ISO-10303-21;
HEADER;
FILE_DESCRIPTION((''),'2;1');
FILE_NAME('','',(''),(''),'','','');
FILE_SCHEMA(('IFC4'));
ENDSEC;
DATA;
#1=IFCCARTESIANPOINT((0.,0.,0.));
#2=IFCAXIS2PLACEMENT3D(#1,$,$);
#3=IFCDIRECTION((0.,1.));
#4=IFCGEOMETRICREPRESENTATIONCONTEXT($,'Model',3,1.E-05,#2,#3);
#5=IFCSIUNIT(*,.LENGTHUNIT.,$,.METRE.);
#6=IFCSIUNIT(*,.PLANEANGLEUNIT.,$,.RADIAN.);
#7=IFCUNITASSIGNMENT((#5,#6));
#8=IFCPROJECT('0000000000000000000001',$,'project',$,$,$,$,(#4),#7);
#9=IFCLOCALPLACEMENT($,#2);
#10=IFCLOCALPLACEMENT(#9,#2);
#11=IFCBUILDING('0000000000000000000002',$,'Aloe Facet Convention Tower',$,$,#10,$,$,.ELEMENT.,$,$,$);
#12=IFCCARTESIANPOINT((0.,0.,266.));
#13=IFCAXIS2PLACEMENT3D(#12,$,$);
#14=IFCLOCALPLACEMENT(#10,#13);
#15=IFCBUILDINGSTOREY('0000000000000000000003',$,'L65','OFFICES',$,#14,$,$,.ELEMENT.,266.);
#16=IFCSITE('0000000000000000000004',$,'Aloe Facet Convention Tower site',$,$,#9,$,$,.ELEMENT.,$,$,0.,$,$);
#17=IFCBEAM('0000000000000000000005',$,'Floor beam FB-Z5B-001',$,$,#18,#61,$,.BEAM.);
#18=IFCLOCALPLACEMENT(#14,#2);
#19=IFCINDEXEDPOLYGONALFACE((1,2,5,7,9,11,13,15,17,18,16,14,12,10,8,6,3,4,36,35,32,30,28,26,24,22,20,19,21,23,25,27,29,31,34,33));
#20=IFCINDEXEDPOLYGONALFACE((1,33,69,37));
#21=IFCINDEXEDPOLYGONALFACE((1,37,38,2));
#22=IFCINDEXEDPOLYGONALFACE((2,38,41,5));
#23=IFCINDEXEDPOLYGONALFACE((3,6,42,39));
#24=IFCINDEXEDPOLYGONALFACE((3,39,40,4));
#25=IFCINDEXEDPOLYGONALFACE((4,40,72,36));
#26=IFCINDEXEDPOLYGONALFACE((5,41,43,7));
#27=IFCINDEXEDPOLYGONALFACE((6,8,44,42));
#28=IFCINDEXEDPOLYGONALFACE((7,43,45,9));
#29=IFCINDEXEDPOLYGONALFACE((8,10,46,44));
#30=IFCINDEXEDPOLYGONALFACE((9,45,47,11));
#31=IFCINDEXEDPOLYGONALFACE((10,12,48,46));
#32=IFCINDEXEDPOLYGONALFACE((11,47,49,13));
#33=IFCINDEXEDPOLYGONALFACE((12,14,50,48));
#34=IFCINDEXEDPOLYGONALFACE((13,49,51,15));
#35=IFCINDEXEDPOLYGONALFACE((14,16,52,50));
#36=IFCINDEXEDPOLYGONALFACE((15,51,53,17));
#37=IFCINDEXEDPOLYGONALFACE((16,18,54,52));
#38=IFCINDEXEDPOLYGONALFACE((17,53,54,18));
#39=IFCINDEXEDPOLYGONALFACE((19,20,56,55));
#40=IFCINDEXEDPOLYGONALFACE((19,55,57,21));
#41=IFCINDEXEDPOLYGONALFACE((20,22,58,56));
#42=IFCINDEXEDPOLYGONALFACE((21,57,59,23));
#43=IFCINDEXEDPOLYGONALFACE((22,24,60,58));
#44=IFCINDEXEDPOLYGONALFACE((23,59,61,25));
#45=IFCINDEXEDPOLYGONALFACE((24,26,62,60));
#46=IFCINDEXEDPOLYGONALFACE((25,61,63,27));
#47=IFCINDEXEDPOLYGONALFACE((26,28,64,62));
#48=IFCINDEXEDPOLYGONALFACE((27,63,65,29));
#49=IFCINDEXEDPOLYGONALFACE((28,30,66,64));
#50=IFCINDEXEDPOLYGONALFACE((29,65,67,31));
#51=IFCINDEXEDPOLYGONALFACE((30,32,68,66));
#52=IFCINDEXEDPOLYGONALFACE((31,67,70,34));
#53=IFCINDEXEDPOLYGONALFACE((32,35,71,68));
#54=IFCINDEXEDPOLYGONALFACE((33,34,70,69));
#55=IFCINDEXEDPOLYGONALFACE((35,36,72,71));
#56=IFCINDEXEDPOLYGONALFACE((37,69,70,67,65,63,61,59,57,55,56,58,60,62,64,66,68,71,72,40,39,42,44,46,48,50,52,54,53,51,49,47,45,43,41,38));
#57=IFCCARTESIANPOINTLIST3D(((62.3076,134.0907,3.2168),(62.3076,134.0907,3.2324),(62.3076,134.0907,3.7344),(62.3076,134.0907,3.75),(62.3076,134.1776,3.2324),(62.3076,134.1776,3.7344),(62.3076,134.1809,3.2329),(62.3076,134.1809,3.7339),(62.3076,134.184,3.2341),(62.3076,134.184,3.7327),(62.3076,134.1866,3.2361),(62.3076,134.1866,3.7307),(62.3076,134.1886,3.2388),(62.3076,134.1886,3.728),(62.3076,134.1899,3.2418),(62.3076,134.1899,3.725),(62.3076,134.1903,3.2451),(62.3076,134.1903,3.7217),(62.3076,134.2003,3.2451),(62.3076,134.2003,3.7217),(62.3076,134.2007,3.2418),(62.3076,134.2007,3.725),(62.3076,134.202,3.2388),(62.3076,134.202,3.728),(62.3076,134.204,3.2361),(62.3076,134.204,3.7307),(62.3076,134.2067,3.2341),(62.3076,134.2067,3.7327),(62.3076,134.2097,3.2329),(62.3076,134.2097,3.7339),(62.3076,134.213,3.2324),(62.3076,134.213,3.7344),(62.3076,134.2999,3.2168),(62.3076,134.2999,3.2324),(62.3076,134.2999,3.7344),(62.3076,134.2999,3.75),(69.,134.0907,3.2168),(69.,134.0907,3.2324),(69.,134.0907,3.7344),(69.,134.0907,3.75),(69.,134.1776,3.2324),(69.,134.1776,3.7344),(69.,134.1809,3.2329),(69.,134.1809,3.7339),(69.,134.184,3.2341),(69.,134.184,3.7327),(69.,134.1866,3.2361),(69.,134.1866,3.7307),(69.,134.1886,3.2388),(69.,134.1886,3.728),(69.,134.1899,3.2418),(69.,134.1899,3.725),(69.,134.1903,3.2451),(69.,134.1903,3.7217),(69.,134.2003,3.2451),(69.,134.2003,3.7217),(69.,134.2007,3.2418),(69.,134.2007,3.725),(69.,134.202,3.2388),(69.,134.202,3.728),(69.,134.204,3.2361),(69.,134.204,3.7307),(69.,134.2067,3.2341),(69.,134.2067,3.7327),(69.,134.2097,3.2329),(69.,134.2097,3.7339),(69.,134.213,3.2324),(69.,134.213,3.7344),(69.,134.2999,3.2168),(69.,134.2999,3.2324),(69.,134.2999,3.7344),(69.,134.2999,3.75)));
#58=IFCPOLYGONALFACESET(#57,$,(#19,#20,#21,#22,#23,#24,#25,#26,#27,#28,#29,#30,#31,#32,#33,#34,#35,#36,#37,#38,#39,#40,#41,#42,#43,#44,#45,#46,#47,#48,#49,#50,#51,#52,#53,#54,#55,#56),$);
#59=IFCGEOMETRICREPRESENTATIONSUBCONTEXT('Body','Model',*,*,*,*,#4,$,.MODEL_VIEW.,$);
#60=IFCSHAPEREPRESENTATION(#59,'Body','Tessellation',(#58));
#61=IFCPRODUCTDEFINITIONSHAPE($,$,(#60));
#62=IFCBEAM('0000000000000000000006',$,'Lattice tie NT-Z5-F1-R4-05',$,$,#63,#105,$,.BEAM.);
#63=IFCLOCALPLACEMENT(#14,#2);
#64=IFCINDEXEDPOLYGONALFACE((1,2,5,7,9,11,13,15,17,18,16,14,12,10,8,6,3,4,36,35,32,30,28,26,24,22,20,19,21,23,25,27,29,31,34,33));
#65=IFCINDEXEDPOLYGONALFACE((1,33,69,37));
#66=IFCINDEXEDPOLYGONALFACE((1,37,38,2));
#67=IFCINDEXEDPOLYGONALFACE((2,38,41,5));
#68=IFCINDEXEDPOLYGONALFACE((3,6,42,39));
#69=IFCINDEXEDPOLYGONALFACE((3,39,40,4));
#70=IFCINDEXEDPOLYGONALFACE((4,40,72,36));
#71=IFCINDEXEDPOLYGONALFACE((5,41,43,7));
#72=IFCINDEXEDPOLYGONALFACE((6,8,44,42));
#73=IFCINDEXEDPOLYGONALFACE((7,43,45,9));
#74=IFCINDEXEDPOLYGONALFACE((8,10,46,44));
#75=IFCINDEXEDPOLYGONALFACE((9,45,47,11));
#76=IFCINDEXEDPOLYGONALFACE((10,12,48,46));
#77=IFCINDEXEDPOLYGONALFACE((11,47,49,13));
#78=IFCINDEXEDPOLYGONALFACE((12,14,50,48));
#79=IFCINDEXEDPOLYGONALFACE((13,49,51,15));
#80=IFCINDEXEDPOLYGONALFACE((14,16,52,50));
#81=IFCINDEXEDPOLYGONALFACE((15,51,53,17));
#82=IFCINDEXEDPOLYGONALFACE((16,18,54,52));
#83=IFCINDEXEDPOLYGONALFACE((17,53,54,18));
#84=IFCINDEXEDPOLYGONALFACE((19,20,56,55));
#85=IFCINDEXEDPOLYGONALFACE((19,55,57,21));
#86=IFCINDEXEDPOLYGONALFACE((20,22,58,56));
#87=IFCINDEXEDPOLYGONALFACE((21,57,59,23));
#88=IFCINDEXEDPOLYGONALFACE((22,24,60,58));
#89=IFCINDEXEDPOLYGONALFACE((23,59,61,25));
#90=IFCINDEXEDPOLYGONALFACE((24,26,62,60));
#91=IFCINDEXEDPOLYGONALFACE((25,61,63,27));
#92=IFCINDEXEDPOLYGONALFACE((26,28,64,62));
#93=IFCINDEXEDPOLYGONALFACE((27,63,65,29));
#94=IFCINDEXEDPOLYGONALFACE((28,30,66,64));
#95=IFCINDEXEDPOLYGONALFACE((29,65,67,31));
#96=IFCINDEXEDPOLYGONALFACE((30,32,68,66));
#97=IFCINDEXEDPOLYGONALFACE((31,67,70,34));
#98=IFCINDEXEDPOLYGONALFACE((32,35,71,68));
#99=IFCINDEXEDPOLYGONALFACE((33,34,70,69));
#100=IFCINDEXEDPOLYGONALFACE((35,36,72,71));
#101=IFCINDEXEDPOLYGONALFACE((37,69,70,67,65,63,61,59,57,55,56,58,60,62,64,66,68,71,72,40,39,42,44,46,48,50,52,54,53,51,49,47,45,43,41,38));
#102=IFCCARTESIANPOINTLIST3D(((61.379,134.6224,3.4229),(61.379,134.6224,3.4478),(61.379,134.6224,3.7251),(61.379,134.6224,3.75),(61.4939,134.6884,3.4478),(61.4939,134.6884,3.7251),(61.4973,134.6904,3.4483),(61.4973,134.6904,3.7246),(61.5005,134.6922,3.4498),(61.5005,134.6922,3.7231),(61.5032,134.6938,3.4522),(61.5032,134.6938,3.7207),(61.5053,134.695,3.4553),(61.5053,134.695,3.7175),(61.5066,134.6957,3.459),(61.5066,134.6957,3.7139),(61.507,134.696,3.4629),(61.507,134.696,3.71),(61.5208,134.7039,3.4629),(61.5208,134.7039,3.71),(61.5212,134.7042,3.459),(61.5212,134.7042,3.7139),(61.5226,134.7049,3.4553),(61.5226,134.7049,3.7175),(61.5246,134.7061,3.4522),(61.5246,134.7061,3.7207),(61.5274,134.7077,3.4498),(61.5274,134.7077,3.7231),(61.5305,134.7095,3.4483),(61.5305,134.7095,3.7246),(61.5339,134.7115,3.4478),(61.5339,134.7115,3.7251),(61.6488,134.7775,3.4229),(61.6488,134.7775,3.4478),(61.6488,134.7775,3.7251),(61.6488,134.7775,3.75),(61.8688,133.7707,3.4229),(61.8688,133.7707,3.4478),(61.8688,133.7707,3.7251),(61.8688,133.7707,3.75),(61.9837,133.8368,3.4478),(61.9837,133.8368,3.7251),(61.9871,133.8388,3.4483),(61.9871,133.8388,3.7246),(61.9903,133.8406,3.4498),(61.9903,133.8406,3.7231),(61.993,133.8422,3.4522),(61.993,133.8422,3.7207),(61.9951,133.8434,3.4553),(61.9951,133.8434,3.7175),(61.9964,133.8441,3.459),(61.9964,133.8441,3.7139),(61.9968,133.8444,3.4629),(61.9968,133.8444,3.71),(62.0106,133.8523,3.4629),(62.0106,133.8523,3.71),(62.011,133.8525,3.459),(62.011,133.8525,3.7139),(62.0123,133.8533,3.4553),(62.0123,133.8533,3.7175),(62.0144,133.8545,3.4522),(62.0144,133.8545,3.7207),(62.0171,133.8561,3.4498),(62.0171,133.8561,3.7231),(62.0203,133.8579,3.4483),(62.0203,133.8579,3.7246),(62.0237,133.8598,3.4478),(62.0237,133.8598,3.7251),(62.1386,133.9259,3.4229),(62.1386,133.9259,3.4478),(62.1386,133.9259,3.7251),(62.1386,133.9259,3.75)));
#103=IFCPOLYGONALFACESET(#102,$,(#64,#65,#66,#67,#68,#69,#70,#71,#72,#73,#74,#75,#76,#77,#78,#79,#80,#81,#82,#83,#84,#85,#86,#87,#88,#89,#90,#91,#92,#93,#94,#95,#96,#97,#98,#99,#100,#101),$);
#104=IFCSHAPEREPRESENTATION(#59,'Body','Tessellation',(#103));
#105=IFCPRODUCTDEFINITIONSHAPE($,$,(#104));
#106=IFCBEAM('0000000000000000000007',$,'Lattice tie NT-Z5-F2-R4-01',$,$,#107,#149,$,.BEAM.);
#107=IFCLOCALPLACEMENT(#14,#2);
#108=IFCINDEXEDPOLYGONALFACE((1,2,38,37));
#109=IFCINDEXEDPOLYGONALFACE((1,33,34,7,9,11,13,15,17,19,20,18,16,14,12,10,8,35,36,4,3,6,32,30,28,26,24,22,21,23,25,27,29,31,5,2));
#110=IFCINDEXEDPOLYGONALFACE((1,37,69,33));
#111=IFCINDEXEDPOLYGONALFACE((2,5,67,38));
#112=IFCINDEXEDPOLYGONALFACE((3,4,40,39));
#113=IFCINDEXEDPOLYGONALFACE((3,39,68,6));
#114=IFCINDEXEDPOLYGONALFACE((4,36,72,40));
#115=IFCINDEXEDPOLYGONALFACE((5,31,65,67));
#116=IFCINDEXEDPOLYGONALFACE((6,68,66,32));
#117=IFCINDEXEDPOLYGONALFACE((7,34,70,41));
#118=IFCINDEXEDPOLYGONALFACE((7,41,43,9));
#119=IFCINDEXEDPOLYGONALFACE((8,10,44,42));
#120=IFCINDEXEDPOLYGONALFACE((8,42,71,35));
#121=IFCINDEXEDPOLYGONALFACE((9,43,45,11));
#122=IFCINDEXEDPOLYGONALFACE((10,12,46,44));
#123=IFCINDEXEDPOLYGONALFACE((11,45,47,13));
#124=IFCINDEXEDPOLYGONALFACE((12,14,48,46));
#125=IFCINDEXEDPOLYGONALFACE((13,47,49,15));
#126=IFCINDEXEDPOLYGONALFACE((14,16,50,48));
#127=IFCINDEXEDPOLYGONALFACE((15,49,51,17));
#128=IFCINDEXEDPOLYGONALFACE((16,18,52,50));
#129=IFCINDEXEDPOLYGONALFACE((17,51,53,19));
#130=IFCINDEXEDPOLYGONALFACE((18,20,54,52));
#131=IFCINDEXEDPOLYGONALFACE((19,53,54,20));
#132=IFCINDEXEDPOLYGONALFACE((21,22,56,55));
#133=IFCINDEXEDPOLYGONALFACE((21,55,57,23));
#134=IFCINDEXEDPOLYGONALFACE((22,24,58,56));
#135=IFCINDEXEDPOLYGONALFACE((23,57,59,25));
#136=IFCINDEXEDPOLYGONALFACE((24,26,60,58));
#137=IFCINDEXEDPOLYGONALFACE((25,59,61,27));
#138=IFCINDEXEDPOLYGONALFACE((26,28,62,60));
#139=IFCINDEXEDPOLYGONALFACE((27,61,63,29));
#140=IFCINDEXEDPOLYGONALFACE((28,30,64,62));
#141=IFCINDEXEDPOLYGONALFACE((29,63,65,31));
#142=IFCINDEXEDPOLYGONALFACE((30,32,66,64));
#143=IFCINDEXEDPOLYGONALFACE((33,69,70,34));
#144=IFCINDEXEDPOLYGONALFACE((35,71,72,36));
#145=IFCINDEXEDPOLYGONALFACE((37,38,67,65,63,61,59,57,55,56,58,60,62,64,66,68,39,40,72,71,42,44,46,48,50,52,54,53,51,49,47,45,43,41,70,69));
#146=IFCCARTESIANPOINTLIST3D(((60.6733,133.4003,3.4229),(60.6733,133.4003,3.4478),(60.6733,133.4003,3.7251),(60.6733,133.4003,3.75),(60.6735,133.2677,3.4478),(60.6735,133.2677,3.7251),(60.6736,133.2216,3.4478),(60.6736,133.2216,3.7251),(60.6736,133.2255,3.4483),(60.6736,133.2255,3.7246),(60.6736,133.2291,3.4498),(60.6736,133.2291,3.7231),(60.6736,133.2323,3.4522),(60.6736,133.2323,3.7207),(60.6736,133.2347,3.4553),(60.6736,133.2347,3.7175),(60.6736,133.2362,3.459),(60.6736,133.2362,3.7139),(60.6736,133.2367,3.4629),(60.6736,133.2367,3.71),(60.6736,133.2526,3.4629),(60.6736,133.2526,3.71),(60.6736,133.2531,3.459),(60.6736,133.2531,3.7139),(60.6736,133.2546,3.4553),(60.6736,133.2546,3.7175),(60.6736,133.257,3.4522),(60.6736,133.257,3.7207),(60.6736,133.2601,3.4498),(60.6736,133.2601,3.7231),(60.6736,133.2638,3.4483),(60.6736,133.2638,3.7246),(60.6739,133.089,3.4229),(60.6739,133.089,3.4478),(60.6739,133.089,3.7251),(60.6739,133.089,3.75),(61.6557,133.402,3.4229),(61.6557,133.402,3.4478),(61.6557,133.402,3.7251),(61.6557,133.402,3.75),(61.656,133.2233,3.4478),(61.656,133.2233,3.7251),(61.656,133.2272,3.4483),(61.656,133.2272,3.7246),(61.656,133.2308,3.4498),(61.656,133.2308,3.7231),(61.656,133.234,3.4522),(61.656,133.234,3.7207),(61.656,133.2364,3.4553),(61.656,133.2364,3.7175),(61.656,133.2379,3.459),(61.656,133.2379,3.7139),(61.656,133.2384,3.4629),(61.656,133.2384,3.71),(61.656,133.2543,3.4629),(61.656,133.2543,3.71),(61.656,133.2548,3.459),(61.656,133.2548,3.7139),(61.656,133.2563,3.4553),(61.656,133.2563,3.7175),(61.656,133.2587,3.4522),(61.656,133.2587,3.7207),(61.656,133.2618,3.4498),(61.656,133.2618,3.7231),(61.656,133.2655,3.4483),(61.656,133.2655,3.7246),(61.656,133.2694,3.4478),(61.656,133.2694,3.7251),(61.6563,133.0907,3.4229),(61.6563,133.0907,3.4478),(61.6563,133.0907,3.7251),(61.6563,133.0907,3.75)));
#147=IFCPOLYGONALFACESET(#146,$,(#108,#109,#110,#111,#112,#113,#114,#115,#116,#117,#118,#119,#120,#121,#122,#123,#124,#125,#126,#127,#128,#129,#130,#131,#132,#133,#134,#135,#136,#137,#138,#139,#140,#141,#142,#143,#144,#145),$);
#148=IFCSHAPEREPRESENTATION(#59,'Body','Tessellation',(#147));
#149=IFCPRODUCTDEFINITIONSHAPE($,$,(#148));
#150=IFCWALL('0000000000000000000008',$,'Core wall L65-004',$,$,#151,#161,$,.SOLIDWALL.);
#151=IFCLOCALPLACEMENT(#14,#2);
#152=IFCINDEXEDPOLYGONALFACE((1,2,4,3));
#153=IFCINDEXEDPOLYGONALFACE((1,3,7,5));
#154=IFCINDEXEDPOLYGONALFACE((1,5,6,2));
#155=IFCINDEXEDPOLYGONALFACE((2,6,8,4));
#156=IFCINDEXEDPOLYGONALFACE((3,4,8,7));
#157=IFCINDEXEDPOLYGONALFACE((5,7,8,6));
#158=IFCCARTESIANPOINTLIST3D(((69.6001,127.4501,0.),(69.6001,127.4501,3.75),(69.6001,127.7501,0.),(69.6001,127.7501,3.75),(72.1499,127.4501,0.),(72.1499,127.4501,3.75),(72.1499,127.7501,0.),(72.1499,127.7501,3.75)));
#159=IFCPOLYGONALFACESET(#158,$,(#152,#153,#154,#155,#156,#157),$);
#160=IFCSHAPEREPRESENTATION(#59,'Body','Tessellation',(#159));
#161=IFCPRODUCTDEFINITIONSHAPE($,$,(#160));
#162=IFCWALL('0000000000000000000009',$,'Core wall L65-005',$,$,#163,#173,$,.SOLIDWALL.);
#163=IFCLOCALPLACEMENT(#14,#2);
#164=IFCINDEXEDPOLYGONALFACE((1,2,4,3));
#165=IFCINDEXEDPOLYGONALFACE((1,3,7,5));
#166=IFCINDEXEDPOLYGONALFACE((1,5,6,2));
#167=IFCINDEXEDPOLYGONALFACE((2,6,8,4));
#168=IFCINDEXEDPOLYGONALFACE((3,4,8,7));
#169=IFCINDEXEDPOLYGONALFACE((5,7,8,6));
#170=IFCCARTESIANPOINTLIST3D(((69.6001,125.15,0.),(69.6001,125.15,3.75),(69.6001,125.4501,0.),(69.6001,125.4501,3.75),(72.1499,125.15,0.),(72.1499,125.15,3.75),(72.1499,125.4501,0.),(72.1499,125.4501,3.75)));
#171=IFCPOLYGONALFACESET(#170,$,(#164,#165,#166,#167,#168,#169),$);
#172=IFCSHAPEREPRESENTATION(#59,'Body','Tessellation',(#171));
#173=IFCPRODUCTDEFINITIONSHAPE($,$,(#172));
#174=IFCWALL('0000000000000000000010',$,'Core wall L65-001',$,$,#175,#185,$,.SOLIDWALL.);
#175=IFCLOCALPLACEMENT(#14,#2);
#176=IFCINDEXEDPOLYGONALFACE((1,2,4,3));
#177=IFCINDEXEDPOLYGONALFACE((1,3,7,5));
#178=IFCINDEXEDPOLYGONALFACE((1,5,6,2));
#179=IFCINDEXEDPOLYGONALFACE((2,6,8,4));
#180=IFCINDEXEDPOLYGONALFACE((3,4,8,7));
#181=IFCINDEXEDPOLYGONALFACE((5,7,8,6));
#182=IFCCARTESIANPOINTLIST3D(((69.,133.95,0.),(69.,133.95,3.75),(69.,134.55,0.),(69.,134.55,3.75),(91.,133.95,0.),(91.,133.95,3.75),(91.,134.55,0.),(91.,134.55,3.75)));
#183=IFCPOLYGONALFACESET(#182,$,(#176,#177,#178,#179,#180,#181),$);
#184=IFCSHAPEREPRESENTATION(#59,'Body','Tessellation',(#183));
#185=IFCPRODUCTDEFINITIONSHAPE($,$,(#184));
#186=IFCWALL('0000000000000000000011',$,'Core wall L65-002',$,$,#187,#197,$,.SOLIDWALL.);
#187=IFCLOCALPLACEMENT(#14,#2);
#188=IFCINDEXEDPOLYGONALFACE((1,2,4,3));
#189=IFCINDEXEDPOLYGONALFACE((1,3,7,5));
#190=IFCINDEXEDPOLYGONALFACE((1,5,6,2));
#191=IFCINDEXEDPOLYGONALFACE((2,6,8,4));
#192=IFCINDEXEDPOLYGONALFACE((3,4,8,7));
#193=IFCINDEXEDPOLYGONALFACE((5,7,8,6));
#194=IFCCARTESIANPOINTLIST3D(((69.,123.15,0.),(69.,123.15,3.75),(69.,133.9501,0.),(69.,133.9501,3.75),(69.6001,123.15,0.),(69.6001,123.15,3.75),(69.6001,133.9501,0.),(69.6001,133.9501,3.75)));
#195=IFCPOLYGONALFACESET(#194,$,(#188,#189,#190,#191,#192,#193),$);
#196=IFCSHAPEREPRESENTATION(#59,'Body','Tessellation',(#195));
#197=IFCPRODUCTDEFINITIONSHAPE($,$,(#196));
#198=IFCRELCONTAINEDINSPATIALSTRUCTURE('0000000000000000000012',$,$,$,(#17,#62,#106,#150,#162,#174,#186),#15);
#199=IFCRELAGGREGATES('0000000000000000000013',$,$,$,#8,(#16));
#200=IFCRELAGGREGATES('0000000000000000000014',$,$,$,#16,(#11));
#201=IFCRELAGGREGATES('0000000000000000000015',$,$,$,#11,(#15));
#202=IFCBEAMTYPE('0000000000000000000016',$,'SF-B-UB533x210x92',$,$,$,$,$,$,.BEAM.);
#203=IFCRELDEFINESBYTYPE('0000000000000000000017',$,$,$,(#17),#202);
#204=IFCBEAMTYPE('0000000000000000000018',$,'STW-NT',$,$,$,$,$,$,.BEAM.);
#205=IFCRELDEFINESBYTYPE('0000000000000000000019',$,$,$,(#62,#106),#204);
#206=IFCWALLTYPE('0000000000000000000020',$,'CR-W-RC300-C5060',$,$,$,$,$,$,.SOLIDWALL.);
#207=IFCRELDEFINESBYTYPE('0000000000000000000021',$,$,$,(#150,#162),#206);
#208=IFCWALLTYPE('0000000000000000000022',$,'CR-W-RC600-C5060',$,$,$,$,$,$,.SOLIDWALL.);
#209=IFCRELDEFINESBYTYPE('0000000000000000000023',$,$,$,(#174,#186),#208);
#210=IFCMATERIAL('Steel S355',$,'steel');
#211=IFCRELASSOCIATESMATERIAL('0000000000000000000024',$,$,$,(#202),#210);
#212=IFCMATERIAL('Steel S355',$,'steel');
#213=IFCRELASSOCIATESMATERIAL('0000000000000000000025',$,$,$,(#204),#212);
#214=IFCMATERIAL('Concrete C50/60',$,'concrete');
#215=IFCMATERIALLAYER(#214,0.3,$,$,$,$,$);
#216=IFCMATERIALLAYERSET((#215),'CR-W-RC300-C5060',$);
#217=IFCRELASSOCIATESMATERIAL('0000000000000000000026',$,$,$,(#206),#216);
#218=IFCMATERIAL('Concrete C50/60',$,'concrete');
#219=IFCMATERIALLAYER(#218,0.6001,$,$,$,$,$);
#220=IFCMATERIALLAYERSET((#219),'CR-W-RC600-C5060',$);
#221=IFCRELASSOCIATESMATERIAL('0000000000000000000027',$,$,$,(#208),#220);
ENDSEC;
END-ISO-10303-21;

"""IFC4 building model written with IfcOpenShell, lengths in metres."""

from ifc_helpers import new_model, si_unit, direction, frame, frame_2d, origin, origin_2d, place, context, subcontext, project, spatial, rectangle, i_section, extrude, material, layer, layer_set, material_profile, profile_set, type_object, element, save


model = new_model("IFC4")

# Units and contexts
model_context = context("Model", 3, precision=1e-05, world=origin(), true_north=direction((0.0, 1.0)))
body_context = subcontext(model_context, "Body", "Model", "MODEL_VIEW")
ifc_project = project(units=[si_unit("LENGTHUNIT", "METRE"), si_unit("PLANEANGLEUNIT", "RADIAN")], contexts=[model_context])

# Site, building, storey
site_placement = place(None, origin())
site = spatial("IfcSite", under=ifc_project, at=site_placement, Name="Aloe Facet Convention Tower site", CompositionType="ELEMENT", RefElevation=0.0)
building_placement = place(site_placement, origin())
building = spatial("IfcBuilding", under=site, at=building_placement, Name="Aloe Facet Convention Tower", CompositionType="ELEMENT")
storey_placement = place(building_placement, frame((0.0, 0.0, 266.0)))
storey = spatial("IfcBuildingStorey", under=building, at=storey_placement, Name="L65", Description="OFFICES", CompositionType="ELEMENT", Elevation=266.0)

# Beams
ifc_material_1 = material(Name="Steel S355", Category="steel")
ifc_material_profile_1 = material_profile(ifc_material_1, i_section(OverallWidth=0.2092, OverallDepth=0.5332, WebThickness=0.01, FlangeThickness=0.0156, FilletRadius=0.0127, at=origin_2d()), Name="UB 533x210x92")
ifc_profile_set_1 = profile_set([ifc_material_profile_1], Name="Steel S355")
beam_type_1 = type_object("IfcBeamType", Name="SF-B-UB533x210x92", PredefinedType="BEAM", material=ifc_profile_set_1)
beam_1_placement = place(storey_placement, frame((62.3076, 134.1953, 3.4834), z_axis=(1.0, 0.0, 0.0), x_axis=(0.0, 1.0, 0.0)))
element("IfcBeam", 1, at=beam_1_placement, inside=storey, type_object=beam_type_1, Name="Floor beam FB-Z5B-001", PredefinedType="BEAM", context=body_context, shape_type="SweptSolid", body=[
    extrude(i_section(OverallWidth=0.2092, OverallDepth=0.5332, WebThickness=0.01, FlangeThickness=0.0156, FilletRadius=0.0127, at=origin_2d()), origin(), (0.0, 0.0, 1.0), 6.6924),
])
ifc_material_2 = material(Name="Steel S355", Category="steel")
ifc_material_profile_2 = material_profile(ifc_material_2, i_section(OverallWidth=0.3113, OverallDepth=0.3271, WebThickness=0.0159, FlangeThickness=0.0249, FilletRadius=0.0151, at=origin_2d()), Name="UC 305x305x158")
ifc_profile_set_2 = profile_set([ifc_material_profile_2], Name="Steel S355")
beam_type_2 = type_object("IfcBeamType", Name="STW-NT", PredefinedType="BEAM", material=ifc_profile_set_2)
for number, where, z_axis, x_axis, name in (
    (2, (61.5139, 134.7, 3.5864), (0.498546, -0.866863, 0.0), (0.866863, 0.498546, 0.0), "Lattice tie NT-Z5-F1-R4-05"),
    (3, (60.6736, 133.2446, 3.5864), (0.999998, 0.00174, 0.0), (-0.00174, 0.999998, 0.0), "Lattice tie NT-Z5-F2-R4-01"),
):
    element("IfcBeam", number, at=place(storey_placement, frame(where, z_axis=z_axis, x_axis=x_axis)), inside=storey, type_object=beam_type_2, Name=name, PredefinedType="BEAM", context=body_context, shape_type="SweptSolid", body=[
        extrude(i_section(OverallWidth=0.3113, OverallDepth=0.3271, WebThickness=0.0159, FlangeThickness=0.0249, FilletRadius=0.0151, at=origin_2d()), origin(), (0.0, 0.0, 1.0), 0.9824),
    ])

# Walls
ifc_material_3 = material(Name="Concrete C50/60", Category="concrete")
ifc_layer_1 = layer(ifc_material_3, 0.3)
ifc_layer_set_1 = layer_set([ifc_layer_1], Name="CR-W-RC300-C5060")
wall_type_1 = type_object("IfcWallType", Name="CR-W-RC300-C5060", PredefinedType="SOLIDWALL", material=ifc_layer_set_1)
for number, where, z_axis, x_axis, name in (
    (4, (69.6001, 127.6001, 0.0), (0.0, 0.0, 1.0), (1.0, 0.0, 0.0), "Core wall L65-004"),
    (5, (69.6001, 125.3, 0.0), (0.0, 0.0, 1.0), (1.0, 0.0, 0.0), "Core wall L65-005"),
):
    element("IfcWall", number, at=place(storey_placement, frame(where, z_axis=z_axis, x_axis=x_axis)), inside=storey, type_object=wall_type_1, Name=name, PredefinedType="SOLIDWALL", context=body_context, shape_type="SweptSolid", body=[
        extrude(rectangle(XDim=2.5498, YDim=0.3, at=frame_2d((1.2749, 0.0))), origin(), (0.0, 0.0, 1.0), 3.75),
    ])
ifc_material_4 = material(Name="Concrete C50/60", Category="concrete")
ifc_layer_2 = layer(ifc_material_4, 0.6001)
ifc_layer_set_2 = layer_set([ifc_layer_2], Name="CR-W-RC600-C5060")
wall_type_2 = type_object("IfcWallType", Name="CR-W-RC600-C5060", PredefinedType="SOLIDWALL", material=ifc_layer_set_2)
wall_1_placement = place(storey_placement, frame((69.0, 134.25, 0.0), z_axis=(0.0, 0.0, 1.0), x_axis=(1.0, 0.0, 0.0)))
element("IfcWall", 6, at=wall_1_placement, inside=storey, type_object=wall_type_2, Name="Core wall L65-001", PredefinedType="SOLIDWALL", context=body_context, shape_type="SweptSolid", body=[
    extrude(rectangle(XDim=22.0, YDim=0.6001, at=frame_2d((11.0, 0.0))), origin(), (0.0, 0.0, 1.0), 3.75),
])
wall_2_placement = place(storey_placement, frame((69.3, 133.95, 0.0), z_axis=(0.0, 0.0, 1.0), x_axis=(0.0, -1.0, 0.0)))
element("IfcWall", 7, at=wall_2_placement, inside=storey, type_object=wall_type_2, Name="Core wall L65-002", PredefinedType="SOLIDWALL", context=body_context, shape_type="SweptSolid", body=[
    extrude(rectangle(XDim=10.8, YDim=0.6001, at=frame_2d((5.3999, 0.0))), origin(), (0.0, 0.0, 1.0), 3.75),
])

save(model, "model.ifc")
